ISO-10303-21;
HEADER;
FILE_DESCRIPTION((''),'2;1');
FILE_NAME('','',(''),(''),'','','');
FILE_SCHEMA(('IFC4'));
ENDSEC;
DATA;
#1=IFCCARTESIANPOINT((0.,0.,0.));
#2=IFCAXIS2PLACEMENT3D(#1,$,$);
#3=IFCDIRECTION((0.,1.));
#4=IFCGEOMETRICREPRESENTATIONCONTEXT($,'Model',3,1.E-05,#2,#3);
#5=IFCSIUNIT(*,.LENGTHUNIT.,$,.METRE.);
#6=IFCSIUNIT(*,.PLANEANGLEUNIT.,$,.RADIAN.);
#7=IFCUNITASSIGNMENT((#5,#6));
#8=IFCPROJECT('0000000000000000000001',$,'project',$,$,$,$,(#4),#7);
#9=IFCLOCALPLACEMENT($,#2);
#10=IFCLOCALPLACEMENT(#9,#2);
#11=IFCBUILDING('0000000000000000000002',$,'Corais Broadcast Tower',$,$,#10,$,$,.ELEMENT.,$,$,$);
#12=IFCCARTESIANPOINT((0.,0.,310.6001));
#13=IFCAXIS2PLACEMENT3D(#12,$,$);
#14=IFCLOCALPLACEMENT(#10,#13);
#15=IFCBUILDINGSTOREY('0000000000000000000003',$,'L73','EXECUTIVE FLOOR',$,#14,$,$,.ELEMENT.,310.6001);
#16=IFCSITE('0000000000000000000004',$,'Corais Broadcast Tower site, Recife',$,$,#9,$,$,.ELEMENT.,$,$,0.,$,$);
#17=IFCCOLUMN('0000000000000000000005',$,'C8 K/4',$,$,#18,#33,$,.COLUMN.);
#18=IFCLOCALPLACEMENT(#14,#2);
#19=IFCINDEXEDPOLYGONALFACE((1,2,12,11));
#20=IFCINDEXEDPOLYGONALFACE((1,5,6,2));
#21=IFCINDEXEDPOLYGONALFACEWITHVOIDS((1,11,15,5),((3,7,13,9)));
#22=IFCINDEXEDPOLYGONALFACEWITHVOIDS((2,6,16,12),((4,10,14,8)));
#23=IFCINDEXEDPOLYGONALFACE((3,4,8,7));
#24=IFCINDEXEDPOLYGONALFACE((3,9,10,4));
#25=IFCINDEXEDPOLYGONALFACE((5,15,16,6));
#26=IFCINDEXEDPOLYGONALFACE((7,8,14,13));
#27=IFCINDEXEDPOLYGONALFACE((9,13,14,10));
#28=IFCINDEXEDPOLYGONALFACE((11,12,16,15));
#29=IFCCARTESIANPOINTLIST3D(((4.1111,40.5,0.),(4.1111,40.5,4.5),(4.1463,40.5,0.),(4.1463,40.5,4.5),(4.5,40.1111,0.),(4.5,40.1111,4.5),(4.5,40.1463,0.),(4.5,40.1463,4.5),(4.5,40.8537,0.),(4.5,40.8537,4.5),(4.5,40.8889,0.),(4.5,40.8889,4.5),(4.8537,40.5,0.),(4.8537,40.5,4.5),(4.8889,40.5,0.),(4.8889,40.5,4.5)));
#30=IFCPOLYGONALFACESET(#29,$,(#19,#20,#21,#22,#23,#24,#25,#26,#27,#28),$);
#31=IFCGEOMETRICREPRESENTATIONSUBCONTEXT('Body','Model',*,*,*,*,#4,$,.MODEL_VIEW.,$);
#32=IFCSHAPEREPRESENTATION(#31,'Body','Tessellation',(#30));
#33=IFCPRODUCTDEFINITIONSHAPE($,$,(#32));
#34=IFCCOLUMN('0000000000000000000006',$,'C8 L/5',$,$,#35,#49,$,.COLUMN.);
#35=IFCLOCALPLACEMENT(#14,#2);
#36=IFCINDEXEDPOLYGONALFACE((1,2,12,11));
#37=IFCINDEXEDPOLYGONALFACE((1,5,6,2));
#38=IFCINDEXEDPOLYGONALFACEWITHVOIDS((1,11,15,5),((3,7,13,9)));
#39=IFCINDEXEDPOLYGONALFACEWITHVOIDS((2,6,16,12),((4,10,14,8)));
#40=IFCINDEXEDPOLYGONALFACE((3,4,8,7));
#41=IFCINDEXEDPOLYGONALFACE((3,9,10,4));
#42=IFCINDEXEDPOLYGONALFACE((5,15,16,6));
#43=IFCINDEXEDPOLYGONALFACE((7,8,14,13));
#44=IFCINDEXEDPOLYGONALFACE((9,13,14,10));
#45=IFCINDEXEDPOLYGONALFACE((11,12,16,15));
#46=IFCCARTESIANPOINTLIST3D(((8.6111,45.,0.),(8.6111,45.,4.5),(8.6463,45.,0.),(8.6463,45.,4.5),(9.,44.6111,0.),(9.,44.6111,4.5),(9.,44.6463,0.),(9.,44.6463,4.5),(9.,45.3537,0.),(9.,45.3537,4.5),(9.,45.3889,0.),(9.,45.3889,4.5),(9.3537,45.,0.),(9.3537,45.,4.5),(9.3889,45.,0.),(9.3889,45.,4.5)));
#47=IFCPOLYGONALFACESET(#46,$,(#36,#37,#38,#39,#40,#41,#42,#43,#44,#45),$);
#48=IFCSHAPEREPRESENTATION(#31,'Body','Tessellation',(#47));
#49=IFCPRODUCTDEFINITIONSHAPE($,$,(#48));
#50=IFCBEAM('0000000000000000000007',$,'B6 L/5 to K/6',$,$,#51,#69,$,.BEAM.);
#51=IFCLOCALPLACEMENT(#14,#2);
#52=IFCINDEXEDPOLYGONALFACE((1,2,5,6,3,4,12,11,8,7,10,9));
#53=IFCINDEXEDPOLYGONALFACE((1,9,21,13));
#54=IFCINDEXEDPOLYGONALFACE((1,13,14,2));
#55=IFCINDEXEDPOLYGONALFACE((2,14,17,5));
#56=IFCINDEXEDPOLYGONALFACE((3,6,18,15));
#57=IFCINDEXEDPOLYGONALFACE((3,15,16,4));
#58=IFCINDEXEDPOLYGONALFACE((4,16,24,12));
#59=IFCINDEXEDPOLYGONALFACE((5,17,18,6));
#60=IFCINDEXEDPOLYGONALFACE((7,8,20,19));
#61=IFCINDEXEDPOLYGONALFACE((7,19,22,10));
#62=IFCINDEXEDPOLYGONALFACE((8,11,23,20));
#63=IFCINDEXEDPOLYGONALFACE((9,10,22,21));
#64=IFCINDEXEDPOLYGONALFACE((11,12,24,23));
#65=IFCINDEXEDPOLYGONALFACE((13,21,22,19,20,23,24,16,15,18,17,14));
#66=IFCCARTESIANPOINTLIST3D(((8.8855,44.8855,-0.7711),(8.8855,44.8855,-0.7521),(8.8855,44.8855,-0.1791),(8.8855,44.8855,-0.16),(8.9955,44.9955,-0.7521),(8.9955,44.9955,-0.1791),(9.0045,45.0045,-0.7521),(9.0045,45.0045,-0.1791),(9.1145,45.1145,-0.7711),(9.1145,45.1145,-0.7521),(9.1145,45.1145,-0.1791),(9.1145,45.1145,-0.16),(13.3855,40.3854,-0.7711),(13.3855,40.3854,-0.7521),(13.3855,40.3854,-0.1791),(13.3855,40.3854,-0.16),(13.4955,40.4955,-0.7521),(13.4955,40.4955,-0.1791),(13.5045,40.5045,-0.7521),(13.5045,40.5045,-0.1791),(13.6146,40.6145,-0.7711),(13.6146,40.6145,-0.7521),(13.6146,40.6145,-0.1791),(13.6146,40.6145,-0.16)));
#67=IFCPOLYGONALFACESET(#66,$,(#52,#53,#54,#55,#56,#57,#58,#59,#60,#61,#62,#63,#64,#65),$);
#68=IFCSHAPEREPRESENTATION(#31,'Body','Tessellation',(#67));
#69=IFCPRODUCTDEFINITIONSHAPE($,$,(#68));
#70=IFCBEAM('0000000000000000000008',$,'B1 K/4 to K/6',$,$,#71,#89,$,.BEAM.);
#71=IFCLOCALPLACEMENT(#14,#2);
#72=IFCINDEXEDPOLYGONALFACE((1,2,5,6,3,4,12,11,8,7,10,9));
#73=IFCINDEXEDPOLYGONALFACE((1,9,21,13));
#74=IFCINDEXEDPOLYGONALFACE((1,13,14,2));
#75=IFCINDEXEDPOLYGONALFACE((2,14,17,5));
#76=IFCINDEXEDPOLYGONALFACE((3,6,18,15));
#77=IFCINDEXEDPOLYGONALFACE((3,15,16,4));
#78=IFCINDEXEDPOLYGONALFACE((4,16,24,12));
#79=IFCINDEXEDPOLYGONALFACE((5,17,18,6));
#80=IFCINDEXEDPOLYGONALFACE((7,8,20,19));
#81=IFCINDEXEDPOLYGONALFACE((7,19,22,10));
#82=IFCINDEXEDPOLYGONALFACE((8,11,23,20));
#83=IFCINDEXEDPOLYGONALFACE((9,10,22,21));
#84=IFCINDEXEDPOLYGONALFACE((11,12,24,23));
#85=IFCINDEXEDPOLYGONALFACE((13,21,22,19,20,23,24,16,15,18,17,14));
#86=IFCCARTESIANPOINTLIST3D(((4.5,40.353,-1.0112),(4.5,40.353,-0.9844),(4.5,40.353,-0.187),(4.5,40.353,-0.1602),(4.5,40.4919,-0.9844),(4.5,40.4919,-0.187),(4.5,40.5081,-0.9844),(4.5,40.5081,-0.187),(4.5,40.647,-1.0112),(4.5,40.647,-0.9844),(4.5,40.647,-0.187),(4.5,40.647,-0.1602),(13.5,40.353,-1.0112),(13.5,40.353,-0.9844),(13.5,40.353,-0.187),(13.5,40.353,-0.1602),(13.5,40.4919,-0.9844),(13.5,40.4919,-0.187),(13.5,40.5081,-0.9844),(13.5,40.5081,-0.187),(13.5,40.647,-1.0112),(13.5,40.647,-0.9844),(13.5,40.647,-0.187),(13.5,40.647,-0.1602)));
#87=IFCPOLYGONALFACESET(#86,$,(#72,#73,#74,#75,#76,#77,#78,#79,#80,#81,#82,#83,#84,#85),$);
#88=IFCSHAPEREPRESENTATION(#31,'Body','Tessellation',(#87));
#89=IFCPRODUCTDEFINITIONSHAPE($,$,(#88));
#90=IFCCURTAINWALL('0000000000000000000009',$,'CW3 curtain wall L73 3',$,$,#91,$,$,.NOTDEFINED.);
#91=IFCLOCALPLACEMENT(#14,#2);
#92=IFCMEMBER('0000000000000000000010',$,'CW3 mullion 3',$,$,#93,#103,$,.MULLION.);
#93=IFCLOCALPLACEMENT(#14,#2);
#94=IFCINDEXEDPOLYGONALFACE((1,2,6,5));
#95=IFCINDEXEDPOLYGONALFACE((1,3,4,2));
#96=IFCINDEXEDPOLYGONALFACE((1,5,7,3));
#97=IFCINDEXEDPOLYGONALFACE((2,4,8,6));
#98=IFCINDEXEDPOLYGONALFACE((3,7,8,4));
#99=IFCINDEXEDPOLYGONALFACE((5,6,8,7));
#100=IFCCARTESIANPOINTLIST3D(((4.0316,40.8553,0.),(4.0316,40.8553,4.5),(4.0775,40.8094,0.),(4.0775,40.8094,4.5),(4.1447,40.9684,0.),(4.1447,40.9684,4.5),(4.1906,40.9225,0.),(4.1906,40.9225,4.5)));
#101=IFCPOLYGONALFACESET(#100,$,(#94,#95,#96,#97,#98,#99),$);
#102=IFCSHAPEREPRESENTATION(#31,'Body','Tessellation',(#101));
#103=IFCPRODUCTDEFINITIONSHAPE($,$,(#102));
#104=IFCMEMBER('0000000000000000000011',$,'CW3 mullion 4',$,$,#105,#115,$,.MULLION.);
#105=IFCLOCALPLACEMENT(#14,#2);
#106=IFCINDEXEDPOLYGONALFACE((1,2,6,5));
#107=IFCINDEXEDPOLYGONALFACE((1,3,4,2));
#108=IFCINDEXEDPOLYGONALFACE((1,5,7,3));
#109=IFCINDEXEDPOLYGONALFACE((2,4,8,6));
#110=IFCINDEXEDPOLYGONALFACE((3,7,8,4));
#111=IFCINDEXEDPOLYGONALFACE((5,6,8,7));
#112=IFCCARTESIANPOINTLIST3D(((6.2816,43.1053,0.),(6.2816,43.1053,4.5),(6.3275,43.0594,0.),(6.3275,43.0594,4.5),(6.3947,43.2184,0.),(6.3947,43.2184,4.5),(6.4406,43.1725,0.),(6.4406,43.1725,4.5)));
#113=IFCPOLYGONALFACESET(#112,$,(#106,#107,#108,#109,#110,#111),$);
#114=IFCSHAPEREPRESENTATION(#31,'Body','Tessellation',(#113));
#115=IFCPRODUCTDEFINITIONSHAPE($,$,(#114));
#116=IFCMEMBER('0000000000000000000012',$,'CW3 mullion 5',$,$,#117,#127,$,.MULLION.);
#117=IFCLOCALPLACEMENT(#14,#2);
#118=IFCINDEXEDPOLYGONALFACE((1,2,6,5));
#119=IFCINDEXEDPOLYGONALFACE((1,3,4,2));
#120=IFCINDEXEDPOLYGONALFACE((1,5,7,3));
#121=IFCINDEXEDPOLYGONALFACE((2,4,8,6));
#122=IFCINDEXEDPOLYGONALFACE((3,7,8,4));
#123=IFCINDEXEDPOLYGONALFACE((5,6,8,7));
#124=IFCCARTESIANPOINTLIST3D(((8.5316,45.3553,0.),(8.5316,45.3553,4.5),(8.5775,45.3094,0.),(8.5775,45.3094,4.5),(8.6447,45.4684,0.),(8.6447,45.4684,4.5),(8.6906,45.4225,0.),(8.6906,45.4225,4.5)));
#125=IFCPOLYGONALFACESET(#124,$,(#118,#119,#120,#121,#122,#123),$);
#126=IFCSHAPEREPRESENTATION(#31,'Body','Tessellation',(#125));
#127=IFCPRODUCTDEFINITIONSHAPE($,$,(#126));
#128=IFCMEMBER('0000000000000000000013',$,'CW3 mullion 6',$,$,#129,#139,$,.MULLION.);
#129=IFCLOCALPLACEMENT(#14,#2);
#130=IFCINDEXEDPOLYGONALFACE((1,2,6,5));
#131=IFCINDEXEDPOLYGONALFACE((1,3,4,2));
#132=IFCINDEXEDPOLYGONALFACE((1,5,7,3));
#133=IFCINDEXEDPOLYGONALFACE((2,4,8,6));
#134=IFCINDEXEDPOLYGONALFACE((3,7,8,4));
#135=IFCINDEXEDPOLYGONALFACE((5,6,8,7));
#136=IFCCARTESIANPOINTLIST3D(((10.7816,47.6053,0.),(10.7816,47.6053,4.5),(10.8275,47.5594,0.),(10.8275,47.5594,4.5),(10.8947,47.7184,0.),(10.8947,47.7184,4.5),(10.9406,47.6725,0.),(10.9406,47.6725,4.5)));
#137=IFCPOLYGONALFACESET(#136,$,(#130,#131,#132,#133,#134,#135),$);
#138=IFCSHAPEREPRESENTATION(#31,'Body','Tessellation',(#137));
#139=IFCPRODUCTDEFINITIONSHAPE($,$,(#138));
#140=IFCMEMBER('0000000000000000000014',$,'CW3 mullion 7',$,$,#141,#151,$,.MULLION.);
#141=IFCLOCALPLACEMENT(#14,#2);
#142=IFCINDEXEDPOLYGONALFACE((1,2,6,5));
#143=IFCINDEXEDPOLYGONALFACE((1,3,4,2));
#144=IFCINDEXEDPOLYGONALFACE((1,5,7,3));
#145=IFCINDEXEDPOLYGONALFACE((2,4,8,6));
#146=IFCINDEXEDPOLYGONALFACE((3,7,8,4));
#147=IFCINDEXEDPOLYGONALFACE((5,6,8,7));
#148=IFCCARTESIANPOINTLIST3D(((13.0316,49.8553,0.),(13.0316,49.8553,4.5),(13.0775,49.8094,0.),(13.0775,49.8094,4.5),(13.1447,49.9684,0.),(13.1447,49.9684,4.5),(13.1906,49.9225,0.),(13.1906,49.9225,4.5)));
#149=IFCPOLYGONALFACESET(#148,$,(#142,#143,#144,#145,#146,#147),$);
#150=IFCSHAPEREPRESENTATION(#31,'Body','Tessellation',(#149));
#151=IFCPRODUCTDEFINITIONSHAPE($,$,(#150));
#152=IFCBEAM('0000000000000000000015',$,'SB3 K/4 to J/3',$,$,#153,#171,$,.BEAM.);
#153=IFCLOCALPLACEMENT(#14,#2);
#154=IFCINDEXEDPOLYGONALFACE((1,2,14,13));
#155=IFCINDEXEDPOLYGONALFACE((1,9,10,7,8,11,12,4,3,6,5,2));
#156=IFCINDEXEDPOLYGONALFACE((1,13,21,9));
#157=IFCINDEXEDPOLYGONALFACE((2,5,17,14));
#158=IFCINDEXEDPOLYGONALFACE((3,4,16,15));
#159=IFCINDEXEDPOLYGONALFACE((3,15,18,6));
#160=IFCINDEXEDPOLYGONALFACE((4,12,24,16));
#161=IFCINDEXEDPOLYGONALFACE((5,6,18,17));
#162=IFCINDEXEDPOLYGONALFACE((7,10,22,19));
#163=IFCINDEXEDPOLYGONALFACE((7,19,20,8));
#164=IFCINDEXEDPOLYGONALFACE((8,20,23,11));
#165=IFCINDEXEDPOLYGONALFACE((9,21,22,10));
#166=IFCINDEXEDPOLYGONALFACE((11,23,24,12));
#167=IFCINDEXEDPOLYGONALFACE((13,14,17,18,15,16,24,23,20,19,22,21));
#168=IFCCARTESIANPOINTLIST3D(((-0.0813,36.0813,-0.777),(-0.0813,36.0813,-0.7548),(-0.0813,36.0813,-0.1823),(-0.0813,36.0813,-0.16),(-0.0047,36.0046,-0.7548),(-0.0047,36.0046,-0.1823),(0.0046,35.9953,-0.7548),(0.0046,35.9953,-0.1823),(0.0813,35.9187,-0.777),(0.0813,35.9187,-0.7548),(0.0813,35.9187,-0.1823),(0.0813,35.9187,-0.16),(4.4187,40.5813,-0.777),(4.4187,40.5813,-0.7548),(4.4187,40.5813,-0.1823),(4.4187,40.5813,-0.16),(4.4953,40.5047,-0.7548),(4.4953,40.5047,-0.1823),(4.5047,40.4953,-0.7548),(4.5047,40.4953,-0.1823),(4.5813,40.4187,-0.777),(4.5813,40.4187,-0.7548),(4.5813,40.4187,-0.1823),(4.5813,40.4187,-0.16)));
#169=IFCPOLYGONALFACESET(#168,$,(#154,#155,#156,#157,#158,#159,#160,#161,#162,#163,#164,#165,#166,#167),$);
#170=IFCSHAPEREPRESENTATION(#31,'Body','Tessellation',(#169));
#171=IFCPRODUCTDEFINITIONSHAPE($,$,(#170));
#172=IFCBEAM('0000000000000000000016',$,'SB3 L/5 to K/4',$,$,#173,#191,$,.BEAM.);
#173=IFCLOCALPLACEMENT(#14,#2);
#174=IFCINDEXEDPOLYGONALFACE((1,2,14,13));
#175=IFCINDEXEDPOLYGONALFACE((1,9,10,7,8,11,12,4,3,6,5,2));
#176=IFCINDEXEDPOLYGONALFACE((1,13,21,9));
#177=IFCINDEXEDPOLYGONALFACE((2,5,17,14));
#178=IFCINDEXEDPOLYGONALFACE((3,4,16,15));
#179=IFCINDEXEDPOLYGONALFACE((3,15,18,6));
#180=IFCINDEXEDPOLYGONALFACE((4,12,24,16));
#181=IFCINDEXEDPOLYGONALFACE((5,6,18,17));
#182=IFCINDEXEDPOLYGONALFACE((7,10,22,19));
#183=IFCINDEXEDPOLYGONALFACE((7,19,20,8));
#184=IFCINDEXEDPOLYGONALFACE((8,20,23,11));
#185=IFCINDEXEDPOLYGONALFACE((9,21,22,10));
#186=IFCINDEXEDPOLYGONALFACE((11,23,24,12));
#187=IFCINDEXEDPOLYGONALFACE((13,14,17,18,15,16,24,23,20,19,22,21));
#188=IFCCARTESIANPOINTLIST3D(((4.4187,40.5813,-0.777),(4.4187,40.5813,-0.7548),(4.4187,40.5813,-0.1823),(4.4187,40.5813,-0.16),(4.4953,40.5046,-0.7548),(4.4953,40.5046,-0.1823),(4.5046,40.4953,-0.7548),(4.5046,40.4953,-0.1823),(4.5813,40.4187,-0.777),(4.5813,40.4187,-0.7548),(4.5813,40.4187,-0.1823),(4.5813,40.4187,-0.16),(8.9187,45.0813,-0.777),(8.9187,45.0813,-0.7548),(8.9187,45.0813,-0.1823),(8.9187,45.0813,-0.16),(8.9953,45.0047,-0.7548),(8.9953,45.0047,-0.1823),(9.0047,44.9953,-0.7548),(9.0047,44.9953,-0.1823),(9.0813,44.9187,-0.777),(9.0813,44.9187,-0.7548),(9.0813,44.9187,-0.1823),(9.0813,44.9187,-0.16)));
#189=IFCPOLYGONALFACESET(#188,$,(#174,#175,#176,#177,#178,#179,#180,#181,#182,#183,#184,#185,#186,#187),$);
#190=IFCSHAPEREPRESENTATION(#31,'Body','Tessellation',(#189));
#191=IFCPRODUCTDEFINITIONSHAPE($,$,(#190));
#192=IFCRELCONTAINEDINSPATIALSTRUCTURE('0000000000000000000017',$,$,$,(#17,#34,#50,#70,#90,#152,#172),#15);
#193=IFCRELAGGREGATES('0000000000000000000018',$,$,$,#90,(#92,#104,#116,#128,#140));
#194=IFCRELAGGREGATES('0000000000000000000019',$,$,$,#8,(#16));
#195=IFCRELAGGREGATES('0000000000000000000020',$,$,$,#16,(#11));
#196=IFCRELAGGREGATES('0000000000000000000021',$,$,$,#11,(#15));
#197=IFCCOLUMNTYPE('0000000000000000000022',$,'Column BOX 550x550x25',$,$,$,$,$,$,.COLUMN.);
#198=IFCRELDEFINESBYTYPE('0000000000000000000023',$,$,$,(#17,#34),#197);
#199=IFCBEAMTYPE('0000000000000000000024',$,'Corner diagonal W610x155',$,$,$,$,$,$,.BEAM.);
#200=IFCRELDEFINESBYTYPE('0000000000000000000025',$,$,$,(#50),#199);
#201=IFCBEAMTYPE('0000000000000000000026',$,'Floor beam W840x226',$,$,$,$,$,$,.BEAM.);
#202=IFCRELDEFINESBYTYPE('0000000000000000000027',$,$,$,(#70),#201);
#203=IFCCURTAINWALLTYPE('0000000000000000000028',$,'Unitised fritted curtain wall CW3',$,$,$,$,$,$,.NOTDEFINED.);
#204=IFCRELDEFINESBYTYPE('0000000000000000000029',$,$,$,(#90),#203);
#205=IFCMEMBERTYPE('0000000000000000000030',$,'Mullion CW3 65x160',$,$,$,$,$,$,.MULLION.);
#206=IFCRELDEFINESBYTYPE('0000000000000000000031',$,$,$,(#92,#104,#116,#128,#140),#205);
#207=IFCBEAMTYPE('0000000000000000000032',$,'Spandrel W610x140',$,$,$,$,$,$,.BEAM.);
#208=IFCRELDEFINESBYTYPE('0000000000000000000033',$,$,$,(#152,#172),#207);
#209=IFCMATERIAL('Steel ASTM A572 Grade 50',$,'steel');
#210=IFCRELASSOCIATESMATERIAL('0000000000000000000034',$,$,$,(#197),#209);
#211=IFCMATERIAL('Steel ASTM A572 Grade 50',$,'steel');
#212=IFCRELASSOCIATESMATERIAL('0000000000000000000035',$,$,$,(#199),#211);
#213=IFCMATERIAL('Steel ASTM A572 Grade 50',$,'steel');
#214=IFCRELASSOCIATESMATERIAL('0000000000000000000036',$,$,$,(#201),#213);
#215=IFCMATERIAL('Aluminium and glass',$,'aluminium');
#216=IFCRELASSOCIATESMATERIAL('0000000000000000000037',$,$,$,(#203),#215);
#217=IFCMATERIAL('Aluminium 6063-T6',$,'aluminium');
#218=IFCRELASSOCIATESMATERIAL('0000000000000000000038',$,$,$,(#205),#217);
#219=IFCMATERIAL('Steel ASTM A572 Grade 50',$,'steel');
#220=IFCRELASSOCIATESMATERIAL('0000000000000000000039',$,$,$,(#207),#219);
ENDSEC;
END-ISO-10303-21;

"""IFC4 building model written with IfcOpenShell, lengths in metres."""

from ifc_helpers import new_model, si_unit, direction, frame, origin, origin_2d, place, context, subcontext, project, spatial, rectangle, hollow_rectangle, i_section, extrude, material, material_profile, profile_set, type_object, element, aggregate, save


model = new_model("IFC4")

# Units and contexts
model_context = context("Model", 3, precision=1e-05, world=origin(), true_north=direction((0.0, 1.0)))
body_context = subcontext(model_context, "Body", "Model", "MODEL_VIEW")
ifc_project = project(units=[si_unit("LENGTHUNIT", "METRE"), si_unit("PLANEANGLEUNIT", "RADIAN")], contexts=[model_context])

# Site, building, storey
site_placement = place(None, origin())
site = spatial("IfcSite", under=ifc_project, at=site_placement, Name="Corais Broadcast Tower site, Recife", CompositionType="ELEMENT", RefElevation=0.0)
building_placement = place(site_placement, origin())
building = spatial("IfcBuilding", under=site, at=building_placement, Name="Corais Broadcast Tower", CompositionType="ELEMENT")
storey_placement = place(building_placement, frame((0.0, 0.0, 310.6001)))
storey = spatial("IfcBuildingStorey", under=building, at=storey_placement, Name="L73", Description="EXECUTIVE FLOOR", CompositionType="ELEMENT", Elevation=310.6001)

# Columns
ifc_material_1 = material(Name="Steel ASTM A572 Grade 50", Category="steel")
ifc_material_profile_1 = material_profile(ifc_material_1, hollow_rectangle(XDim=0.55, YDim=0.55, WallThickness=0.0249, at=origin_2d()), Name="BOX 550x550x25")
ifc_profile_set_1 = profile_set([ifc_material_profile_1], Name="Steel ASTM A572 Grade 50")
column_type = type_object("IfcColumnType", Name="Column BOX 550x550x25", PredefinedType="COLUMN", material=ifc_profile_set_1)
for number, where, z_axis, x_axis, name in (
    (1, (4.5, 40.5, 0.0), (0.0, 0.0, 1.0), (0.707107, 0.707107, 0.0), "C8 K/4"),
    (2, (9.0, 45.0, 0.0), (0.0, 0.0, 1.0), (0.707107, 0.707107, 0.0), "C8 L/5"),
):
    element("IfcColumn", number, at=place(storey_placement, frame(where, z_axis=z_axis, x_axis=x_axis)), inside=storey, type_object=column_type, Name=name, PredefinedType="COLUMN", context=body_context, shape_type="SweptSolid", body=[
        extrude(hollow_rectangle(XDim=0.55, YDim=0.55, WallThickness=0.0249, at=origin_2d()), origin(), (0.0, 0.0, 1.0), 4.5),
    ])

# Beams
ifc_material_2 = material(Name="Steel ASTM A572 Grade 50", Category="steel")
ifc_material_profile_2 = material_profile(ifc_material_2, i_section(OverallWidth=0.324, OverallDepth=0.6111, WebThickness=0.0127, FlangeThickness=0.019, at=origin_2d()), Name="W610x155")
ifc_profile_set_2 = profile_set([ifc_material_profile_2], Name="Steel ASTM A572 Grade 50")
beam_type_1 = type_object("IfcBeamType", Name="Corner diagonal W610x155", PredefinedType="BEAM", material=ifc_profile_set_2)
beam_1_placement = place(storey_placement, frame((9.0, 45.0, -0.4656), z_axis=(0.707107, -0.707107, 0.0), x_axis=(0.707107, 0.707107, 0.0)))
element("IfcBeam", 3, at=beam_1_placement, inside=storey, type_object=beam_type_1, Name="B6 L/5 to K/6", PredefinedType="BEAM", context=body_context, shape_type="SweptSolid", body=[
    extrude(i_section(OverallWidth=0.324, OverallDepth=0.6111, WebThickness=0.0127, FlangeThickness=0.019, at=origin_2d()), origin(), (0.0, 0.0, 1.0), 6.364),
])
ifc_material_3 = material(Name="Steel ASTM A572 Grade 50", Category="steel")
ifc_material_profile_3 = material_profile(ifc_material_3, i_section(OverallWidth=0.2939, OverallDepth=0.8511, WebThickness=0.0161, FlangeThickness=0.0269, at=origin_2d()), Name="W840x226")
ifc_profile_set_3 = profile_set([ifc_material_profile_3], Name="Steel ASTM A572 Grade 50")
beam_type_2 = type_object("IfcBeamType", Name="Floor beam W840x226", PredefinedType="BEAM", material=ifc_profile_set_3)
beam_2_placement = place(storey_placement, frame((4.5, 40.5, -0.5857), z_axis=(1.0, 0.0, 0.0), x_axis=(0.0, 1.0, 0.0)))
element("IfcBeam", 4, at=beam_2_placement, inside=storey, type_object=beam_type_2, Name="B1 K/4 to K/6", PredefinedType="BEAM", context=body_context, shape_type="SweptSolid", body=[
    extrude(i_section(OverallWidth=0.2939, OverallDepth=0.8511, WebThickness=0.0161, FlangeThickness=0.0269, at=origin_2d()), origin(), (0.0, 0.0, 1.0), 9.0),
])

# Curtain wall, members
ifc_material_4 = material(Name="Aluminium and glass", Category="aluminium")
curtain_wall_type = type_object("IfcCurtainWallType", Name="Unitised fritted curtain wall CW3", PredefinedType="NOTDEFINED", material=ifc_material_4)
curtain_wall_placement = place(storey_placement, origin())
curtain_wall = element("IfcCurtainWall", 5, at=curtain_wall_placement, inside=storey, type_object=curtain_wall_type, Name="CW3 curtain wall L73 3", PredefinedType="NOTDEFINED")
ifc_material_5 = material(Name="Aluminium 6063-T6", Category="aluminium")
ifc_material_profile_4 = material_profile(ifc_material_5, rectangle(XDim=0.0649, YDim=0.1599, at=origin_2d()), Name="Mullion CW3 65x160")
ifc_profile_set_4 = profile_set([ifc_material_profile_4], Name="Aluminium 6063-T6")
member_type_1 = type_object("IfcMemberType", Name="Mullion CW3 65x160", PredefinedType="MULLION", material=ifc_profile_set_4)
member_1_placement = place(storey_placement, frame((4.1111, 40.8889, 0.0), z_axis=(0.0, 0.0, 1.0), x_axis=(-0.707107, 0.707107, 0.0)))
member_1 = element("IfcMember", 6, at=member_1_placement, type_object=member_type_1, Name="CW3 mullion 3", PredefinedType="MULLION", context=body_context, shape_type="SweptSolid", body=[
    extrude(rectangle(XDim=0.0649, YDim=0.1599, at=origin_2d()), origin(), (0.0, 0.0, 1.0), 4.5),
])
member_2_placement = place(storey_placement, frame((6.3611, 43.1389, 0.0), z_axis=(0.0, 0.0, 1.0), x_axis=(-0.707107, 0.707107, 0.0)))
member_2 = element("IfcMember", 7, at=member_2_placement, type_object=member_type_1, Name="CW3 mullion 4", PredefinedType="MULLION", context=body_context, shape_type="SweptSolid", body=[
    extrude(rectangle(XDim=0.0649, YDim=0.1599, at=origin_2d()), origin(), (0.0, 0.0, 1.0), 4.5),
])
member_3_placement = place(storey_placement, frame((8.6111, 45.3889, 0.0), z_axis=(0.0, 0.0, 1.0), x_axis=(-0.707107, 0.707107, 0.0)))
member_3 = element("IfcMember", 8, at=member_3_placement, type_object=member_type_1, Name="CW3 mullion 5", PredefinedType="MULLION", context=body_context, shape_type="SweptSolid", body=[
    extrude(rectangle(XDim=0.0649, YDim=0.1599, at=origin_2d()), origin(), (0.0, 0.0, 1.0), 4.5),
])
member_4_placement = place(storey_placement, frame((10.8611, 47.6389, 0.0), z_axis=(0.0, 0.0, 1.0), x_axis=(-0.707107, 0.707107, 0.0)))
member_4 = element("IfcMember", 9, at=member_4_placement, type_object=member_type_1, Name="CW3 mullion 6", PredefinedType="MULLION", context=body_context, shape_type="SweptSolid", body=[
    extrude(rectangle(XDim=0.0649, YDim=0.1599, at=origin_2d()), origin(), (0.0, 0.0, 1.0), 4.5),
])
member_5_placement = place(storey_placement, frame((13.1111, 49.8889, 0.0), z_axis=(0.0, 0.0, 1.0), x_axis=(-0.707107, 0.707107, 0.0)))
member_5 = element("IfcMember", 10, at=member_5_placement, type_object=member_type_1, Name="CW3 mullion 7", PredefinedType="MULLION", context=body_context, shape_type="SweptSolid", body=[
    extrude(rectangle(XDim=0.0649, YDim=0.1599, at=origin_2d()), origin(), (0.0, 0.0, 1.0), 4.5),
])

# Beams
ifc_material_6 = material(Name="Steel ASTM A572 Grade 50", Category="steel")
ifc_material_profile_5 = material_profile(ifc_material_6, i_section(OverallWidth=0.23, OverallDepth=0.6169, WebThickness=0.0132, FlangeThickness=0.0222, at=origin_2d()), Name="W610x140")
ifc_profile_set_5 = profile_set([ifc_material_profile_5], Name="Steel ASTM A572 Grade 50")
beam_type_3 = type_object("IfcBeamType", Name="Spandrel W610x140", PredefinedType="BEAM", material=ifc_profile_set_5)
for number, where, z_axis, x_axis, name in (
    (11, (4.5, 40.5, -0.4685), (-0.707107, -0.707107, 0.0), (0.707107, -0.707107, 0.0), "SB3 K/4 to J/3"),
    (12, (9.0, 45.0, -0.4685), (-0.707107, -0.707107, 0.0), (0.707107, -0.707107, 0.0), "SB3 L/5 to K/4"),
):
    element("IfcBeam", number, at=place(storey_placement, frame(where, z_axis=z_axis, x_axis=x_axis)), inside=storey, type_object=beam_type_3, Name=name, PredefinedType="BEAM", context=body_context, shape_type="SweptSolid", body=[
        extrude(i_section(OverallWidth=0.23, OverallDepth=0.6169, WebThickness=0.0132, FlangeThickness=0.0222, at=origin_2d()), origin(), (0.0, 0.0, 1.0), 6.364),
    ])

aggregate(curtain_wall, [member_1, member_2, member_3, member_4, member_5])

save(model, "model.ifc")
